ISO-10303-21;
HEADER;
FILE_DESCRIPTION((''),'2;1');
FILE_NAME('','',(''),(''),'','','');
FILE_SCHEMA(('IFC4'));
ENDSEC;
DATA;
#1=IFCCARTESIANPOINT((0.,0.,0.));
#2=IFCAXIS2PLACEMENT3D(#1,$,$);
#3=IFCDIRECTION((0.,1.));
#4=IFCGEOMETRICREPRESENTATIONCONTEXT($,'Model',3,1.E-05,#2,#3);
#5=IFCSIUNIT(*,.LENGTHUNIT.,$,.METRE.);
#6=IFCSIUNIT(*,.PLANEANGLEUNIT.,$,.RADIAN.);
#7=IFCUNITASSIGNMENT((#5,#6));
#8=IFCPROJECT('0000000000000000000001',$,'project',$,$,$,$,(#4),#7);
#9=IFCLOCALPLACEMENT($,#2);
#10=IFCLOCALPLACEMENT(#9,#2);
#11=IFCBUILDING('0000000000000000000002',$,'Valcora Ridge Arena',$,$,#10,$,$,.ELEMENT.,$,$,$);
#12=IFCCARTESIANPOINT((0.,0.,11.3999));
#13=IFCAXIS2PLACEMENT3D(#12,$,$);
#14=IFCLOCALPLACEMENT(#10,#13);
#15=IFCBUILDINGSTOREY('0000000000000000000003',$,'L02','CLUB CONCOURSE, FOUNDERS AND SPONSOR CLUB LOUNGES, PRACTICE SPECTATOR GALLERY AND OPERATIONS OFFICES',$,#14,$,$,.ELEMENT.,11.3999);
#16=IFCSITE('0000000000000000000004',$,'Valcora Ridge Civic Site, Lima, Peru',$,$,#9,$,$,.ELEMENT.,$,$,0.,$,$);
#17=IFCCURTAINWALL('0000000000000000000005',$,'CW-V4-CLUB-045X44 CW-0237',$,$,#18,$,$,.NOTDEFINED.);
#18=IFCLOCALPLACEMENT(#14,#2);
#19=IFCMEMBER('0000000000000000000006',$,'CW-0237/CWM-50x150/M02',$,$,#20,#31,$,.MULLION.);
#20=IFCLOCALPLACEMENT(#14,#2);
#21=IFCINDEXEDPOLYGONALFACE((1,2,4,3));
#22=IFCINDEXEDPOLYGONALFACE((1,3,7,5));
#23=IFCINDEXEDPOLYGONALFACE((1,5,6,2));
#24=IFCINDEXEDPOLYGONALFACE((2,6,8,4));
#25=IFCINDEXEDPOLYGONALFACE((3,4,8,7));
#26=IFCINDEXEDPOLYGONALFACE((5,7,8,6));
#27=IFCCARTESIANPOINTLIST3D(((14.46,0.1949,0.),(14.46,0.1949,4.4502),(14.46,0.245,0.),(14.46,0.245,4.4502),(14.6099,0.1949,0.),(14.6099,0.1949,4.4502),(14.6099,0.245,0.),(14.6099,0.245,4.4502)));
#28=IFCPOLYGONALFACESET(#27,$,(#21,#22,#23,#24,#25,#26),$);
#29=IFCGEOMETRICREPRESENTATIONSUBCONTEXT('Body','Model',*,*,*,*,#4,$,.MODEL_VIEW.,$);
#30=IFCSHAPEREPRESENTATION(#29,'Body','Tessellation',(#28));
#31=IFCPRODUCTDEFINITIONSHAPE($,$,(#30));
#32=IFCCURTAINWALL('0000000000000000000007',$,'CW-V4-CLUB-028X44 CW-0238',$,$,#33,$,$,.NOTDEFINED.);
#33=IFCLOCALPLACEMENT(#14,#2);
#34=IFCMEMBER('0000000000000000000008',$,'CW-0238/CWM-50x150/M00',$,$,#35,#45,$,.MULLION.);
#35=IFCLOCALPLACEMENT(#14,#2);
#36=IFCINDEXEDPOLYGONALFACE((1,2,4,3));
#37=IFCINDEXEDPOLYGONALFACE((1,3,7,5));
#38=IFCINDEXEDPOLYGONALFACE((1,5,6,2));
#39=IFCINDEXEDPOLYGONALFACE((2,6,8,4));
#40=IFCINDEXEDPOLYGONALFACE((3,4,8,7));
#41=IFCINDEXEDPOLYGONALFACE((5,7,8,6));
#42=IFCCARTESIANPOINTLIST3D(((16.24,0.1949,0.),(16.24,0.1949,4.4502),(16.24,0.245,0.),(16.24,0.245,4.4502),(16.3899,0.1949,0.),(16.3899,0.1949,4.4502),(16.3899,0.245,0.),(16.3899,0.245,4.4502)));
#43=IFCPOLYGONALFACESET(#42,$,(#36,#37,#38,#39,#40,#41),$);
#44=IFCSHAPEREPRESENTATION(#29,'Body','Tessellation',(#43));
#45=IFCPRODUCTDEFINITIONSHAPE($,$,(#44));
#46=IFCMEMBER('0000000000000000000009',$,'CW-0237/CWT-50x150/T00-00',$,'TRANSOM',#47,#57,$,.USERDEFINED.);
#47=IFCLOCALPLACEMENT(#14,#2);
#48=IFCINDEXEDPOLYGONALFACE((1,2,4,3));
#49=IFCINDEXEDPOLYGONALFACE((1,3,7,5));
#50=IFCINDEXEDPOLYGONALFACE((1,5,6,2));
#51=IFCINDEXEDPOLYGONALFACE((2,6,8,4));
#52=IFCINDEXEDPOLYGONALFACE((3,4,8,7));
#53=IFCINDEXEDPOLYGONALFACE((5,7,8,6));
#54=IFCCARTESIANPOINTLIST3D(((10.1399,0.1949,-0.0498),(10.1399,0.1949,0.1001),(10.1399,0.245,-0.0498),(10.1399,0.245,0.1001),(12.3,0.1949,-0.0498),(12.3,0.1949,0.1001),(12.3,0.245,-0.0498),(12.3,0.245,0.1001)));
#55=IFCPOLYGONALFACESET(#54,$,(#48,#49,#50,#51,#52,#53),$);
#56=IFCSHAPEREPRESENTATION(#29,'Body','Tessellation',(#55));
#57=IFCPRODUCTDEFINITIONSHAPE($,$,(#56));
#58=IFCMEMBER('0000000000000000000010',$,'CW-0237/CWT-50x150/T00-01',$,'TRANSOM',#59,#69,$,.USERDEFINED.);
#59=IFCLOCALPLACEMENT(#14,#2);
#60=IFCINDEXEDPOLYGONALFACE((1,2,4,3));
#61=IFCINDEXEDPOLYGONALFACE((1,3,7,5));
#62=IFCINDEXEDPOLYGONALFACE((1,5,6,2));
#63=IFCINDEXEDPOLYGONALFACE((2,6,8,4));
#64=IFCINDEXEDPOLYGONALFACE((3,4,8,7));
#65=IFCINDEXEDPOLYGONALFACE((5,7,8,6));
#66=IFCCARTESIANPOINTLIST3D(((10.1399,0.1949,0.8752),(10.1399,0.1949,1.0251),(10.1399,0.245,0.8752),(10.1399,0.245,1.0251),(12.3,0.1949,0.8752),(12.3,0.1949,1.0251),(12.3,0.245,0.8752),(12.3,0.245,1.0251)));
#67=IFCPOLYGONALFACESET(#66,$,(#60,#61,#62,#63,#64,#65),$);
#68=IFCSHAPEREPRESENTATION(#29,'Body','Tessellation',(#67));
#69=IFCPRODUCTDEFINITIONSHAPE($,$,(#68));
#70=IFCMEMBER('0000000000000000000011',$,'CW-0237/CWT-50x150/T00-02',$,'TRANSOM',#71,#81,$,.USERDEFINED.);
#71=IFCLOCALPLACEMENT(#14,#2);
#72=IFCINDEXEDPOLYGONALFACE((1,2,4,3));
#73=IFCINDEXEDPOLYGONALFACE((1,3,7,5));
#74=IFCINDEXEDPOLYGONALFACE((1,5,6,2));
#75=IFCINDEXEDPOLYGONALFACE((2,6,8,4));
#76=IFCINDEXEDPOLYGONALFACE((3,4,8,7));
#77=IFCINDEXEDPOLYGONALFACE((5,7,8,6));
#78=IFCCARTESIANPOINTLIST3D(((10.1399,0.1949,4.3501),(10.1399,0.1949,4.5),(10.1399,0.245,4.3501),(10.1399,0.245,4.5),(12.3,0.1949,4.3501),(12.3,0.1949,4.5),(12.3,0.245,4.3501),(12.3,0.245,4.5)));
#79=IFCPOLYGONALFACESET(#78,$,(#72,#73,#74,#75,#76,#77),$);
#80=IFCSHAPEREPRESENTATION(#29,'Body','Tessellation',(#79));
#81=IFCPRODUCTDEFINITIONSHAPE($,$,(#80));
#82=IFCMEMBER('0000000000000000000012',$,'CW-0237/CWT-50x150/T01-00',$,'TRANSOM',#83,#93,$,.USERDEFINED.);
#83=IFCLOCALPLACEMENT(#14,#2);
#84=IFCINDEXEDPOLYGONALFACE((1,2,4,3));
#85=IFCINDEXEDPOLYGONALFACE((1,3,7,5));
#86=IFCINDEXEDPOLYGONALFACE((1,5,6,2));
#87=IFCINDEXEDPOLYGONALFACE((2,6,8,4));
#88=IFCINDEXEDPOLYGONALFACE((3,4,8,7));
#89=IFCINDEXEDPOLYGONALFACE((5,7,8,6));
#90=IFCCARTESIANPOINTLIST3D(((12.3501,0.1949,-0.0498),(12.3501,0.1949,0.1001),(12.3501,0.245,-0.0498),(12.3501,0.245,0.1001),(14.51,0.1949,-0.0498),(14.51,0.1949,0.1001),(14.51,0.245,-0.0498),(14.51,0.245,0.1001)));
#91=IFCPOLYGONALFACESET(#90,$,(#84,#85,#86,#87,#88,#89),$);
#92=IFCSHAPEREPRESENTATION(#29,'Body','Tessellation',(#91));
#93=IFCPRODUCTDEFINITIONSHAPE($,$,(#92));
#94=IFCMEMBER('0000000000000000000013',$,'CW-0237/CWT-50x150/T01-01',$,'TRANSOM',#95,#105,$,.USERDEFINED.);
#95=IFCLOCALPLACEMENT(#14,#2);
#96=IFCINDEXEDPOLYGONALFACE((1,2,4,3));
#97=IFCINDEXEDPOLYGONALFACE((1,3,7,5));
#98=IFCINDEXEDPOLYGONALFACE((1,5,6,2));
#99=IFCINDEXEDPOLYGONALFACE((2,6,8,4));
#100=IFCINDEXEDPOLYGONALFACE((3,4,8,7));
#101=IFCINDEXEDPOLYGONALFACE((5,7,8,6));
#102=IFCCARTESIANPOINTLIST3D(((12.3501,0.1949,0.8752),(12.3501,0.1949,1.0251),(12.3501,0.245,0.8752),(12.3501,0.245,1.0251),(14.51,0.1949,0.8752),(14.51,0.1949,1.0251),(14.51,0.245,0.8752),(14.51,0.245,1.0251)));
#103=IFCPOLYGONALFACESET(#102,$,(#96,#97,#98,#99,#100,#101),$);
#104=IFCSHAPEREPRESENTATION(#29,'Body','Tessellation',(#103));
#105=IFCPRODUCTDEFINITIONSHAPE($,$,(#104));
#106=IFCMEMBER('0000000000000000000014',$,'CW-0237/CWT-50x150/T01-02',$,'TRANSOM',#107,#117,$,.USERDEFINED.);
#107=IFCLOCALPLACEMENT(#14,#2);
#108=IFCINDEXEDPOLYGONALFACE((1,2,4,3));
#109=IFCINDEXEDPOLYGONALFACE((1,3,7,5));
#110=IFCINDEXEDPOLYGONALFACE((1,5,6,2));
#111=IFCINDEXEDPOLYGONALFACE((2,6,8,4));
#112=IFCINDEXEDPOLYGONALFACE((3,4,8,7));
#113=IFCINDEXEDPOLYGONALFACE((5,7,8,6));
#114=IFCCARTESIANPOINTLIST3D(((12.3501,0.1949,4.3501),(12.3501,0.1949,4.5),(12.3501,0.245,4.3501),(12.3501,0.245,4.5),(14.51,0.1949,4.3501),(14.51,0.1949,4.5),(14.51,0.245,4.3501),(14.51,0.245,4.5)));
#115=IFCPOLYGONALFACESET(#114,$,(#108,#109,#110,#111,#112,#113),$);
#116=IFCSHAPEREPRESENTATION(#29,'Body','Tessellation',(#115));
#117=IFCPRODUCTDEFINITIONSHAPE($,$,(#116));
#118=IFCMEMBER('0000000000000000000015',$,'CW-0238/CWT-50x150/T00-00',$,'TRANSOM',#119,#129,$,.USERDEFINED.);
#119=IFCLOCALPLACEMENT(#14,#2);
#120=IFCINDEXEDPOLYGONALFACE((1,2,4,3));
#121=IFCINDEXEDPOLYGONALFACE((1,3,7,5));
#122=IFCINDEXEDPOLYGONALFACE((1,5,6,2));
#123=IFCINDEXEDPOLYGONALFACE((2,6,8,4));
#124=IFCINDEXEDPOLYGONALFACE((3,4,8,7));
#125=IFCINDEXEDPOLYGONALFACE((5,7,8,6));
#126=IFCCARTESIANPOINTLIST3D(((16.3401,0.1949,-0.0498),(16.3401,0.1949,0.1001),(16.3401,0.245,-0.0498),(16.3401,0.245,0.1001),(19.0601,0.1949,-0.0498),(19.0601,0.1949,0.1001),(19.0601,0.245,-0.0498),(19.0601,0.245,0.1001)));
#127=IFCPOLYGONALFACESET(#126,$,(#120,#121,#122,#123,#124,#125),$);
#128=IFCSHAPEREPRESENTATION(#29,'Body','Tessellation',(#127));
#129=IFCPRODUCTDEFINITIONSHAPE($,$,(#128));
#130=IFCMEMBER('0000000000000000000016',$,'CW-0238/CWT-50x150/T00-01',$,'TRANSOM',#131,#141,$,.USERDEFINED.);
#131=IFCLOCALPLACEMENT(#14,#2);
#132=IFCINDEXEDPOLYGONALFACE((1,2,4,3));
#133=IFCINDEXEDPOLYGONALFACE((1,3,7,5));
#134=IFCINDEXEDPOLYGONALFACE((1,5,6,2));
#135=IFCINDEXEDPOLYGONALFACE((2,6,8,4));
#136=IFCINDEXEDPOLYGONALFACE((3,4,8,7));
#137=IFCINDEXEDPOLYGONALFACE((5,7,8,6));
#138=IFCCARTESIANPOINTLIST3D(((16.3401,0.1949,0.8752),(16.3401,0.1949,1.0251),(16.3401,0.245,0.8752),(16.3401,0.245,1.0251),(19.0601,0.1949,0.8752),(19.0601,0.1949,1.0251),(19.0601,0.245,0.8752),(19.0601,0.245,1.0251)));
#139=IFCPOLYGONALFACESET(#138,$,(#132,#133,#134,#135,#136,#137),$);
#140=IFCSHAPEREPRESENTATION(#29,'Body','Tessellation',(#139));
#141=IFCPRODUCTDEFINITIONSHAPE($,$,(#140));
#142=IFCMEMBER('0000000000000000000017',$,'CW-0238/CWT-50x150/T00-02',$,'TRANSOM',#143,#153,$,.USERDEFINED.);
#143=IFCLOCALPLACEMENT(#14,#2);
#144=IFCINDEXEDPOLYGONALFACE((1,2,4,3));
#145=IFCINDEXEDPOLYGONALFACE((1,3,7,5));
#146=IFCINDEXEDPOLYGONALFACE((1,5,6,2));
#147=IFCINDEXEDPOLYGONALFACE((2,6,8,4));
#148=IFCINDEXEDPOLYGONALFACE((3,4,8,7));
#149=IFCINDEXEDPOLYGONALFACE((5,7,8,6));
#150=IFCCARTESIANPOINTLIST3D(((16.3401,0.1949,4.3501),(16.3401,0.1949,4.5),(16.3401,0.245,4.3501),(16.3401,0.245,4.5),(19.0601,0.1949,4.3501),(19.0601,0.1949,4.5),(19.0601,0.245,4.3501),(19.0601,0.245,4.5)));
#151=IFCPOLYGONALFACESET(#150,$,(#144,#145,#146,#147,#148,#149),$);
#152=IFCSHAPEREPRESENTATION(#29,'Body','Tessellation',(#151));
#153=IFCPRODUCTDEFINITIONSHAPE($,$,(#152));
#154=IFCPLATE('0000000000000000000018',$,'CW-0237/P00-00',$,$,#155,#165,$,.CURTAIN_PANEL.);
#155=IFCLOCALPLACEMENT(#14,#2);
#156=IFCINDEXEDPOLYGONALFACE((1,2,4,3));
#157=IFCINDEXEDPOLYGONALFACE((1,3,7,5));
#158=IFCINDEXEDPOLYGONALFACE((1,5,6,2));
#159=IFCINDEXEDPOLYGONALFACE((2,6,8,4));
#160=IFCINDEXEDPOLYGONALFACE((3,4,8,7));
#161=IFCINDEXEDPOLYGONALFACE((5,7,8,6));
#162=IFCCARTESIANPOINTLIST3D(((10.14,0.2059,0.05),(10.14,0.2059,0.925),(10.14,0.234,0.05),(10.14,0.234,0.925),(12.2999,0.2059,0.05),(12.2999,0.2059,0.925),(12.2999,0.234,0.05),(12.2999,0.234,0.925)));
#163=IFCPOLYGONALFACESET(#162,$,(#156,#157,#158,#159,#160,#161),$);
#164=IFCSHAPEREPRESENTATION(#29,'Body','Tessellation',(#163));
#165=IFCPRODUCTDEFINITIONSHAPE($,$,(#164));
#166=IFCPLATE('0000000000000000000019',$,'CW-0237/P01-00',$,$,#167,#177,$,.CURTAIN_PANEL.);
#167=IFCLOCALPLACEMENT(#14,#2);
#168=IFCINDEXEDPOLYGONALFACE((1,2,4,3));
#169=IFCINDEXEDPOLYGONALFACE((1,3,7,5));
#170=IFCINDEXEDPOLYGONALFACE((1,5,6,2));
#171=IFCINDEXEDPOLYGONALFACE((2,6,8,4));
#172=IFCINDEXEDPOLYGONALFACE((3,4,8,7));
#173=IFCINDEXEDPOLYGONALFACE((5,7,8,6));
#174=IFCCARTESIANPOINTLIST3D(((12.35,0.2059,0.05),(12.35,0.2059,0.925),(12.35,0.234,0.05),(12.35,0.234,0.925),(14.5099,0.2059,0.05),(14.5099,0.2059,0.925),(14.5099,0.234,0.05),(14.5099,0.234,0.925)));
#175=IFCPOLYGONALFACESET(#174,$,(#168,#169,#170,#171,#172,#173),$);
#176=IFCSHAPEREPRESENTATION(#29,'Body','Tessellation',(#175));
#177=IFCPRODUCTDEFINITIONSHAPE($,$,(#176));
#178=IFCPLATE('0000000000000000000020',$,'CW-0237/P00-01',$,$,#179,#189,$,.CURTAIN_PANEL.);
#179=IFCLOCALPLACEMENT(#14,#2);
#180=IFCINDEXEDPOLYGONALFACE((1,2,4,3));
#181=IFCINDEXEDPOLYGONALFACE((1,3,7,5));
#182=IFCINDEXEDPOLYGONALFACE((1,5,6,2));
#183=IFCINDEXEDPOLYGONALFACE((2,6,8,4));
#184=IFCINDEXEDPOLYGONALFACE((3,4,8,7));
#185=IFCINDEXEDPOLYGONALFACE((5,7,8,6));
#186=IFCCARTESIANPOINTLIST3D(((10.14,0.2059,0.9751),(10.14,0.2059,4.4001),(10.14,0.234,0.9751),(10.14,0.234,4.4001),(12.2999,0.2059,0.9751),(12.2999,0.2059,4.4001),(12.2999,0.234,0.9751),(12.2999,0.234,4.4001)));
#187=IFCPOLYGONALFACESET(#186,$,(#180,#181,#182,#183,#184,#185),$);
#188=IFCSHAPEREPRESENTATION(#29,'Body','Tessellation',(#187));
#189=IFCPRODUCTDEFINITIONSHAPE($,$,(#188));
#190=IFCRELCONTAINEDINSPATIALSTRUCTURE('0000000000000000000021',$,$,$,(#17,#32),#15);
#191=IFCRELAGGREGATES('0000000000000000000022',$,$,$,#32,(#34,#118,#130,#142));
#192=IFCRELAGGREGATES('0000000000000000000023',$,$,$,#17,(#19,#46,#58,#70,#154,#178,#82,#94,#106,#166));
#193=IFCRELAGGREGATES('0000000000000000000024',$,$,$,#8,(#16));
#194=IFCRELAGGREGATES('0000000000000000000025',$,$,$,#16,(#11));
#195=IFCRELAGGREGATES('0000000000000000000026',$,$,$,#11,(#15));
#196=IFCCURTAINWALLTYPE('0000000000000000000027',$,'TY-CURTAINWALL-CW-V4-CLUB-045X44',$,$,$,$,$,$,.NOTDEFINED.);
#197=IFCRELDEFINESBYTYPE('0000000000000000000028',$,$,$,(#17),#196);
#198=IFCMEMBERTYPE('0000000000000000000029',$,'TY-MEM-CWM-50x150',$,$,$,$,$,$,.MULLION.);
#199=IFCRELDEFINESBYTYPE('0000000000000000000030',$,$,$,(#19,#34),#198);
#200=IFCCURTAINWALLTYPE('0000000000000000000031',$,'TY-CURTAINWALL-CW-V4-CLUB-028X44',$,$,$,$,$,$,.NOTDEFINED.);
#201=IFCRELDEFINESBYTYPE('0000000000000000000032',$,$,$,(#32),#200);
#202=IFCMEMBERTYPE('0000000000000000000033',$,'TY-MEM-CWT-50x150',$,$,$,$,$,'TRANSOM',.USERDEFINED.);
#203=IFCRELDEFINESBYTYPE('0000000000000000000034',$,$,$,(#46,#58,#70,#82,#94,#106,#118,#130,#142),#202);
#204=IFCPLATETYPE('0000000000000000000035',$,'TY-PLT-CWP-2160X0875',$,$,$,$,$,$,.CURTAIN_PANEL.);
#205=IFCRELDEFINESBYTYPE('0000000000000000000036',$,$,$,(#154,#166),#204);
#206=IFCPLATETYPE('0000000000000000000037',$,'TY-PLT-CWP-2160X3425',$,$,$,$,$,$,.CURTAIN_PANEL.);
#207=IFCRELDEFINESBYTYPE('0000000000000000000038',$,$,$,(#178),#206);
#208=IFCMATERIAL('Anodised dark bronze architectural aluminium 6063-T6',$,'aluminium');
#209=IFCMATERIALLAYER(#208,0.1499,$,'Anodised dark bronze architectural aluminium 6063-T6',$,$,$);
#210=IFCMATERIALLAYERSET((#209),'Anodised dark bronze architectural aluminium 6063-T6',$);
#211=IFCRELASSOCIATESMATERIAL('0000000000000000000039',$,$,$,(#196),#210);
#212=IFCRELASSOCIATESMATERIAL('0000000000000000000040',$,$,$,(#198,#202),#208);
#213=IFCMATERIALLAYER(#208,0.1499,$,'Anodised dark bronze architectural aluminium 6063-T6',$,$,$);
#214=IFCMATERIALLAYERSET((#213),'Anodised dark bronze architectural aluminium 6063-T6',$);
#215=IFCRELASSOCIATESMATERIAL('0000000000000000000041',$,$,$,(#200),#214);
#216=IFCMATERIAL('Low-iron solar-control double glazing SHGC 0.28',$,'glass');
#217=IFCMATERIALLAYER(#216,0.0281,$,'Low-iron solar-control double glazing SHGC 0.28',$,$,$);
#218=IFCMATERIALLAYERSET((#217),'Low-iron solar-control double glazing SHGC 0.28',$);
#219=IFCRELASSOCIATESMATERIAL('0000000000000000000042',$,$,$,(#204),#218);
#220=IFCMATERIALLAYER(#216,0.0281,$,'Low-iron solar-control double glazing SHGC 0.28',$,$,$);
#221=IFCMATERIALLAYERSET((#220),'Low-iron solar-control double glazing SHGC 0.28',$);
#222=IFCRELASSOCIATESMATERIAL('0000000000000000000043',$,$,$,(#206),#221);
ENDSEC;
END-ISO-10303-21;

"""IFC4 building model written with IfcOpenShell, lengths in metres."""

from ifc_helpers import new_model, si_unit, direction, frame, origin, origin_2d, place, context, subcontext, project, spatial, rectangle, extrude, material, layer, layer_set, material_profile, profile_set, type_object, element, aggregate, save


model = new_model("IFC4")

# Units and contexts
model_context = context("Model", 3, precision=1e-05, world=origin(), true_north=direction((0.0, 1.0)))
body_context = subcontext(model_context, "Body", "Model", "MODEL_VIEW")
ifc_project = project(units=[si_unit("LENGTHUNIT", "METRE"), si_unit("PLANEANGLEUNIT", "RADIAN")], contexts=[model_context])

# Site, building, storey
site_placement = place(None, origin())
site = spatial("IfcSite", under=ifc_project, at=site_placement, Name="Valcora Ridge Civic Site, Lima, Peru", CompositionType="ELEMENT", RefElevation=0.0)
building_placement = place(site_placement, origin())
building = spatial("IfcBuilding", under=site, at=building_placement, Name="Valcora Ridge Arena", CompositionType="ELEMENT")
storey_placement = place(building_placement, frame((0.0, 0.0, 11.3999)))
storey = spatial("IfcBuildingStorey", under=building, at=storey_placement, Name="L02", Description="CLUB CONCOURSE, FOUNDERS AND SPONSOR CLUB LOUNGES, PRACTICE SPECTATOR GALLERY AND OPERATIONS OFFICES", CompositionType="ELEMENT", Elevation=11.3999)

# Curtain wall, member
ifc_material_1 = material(Name="Anodised dark bronze architectural aluminium 6063-T6", Category="aluminium")
ifc_layer_1 = layer(ifc_material_1, 0.1499, Name="Anodised dark bronze architectural aluminium 6063-T6")
ifc_layer_set_1 = layer_set([ifc_layer_1], Name="Anodised dark bronze architectural aluminium 6063-T6")
curtain_wall_type_1 = type_object("IfcCurtainWallType", Name="TY-CURTAINWALL-CW-V4-CLUB-045X44", PredefinedType="NOTDEFINED", material=ifc_layer_set_1)
curtain_wall_1_placement = place(storey_placement, origin())
curtain_wall_1 = element("IfcCurtainWall", 1, at=curtain_wall_1_placement, inside=storey, type_object=curtain_wall_type_1, Name="CW-V4-CLUB-045X44 CW-0237", PredefinedType="NOTDEFINED")
ifc_material_profile_1 = material_profile(ifc_material_1, rectangle(XDim=0.05, YDim=0.1499, at=origin_2d()), Name="ALU MULLION 50x150")
ifc_profile_set_1 = profile_set([ifc_material_profile_1], Name="Anodised dark bronze architectural aluminium 6063-T6")
member_type_1 = type_object("IfcMemberType", Name="TY-MEM-CWM-50x150", PredefinedType="MULLION", material=ifc_profile_set_1)
member_1_placement = place(storey_placement, frame((14.5349, 0.22, 0.0), z_axis=(0.0, 0.0, 1.0), x_axis=(0.0, 1.0, 0.0)))
member_1 = element("IfcMember", 2, at=member_1_placement, type_object=member_type_1, Name="CW-0237/CWM-50x150/M02", PredefinedType="MULLION", context=body_context, shape_type="SweptSolid", body=[
    extrude(rectangle(XDim=0.05, YDim=0.1499, at=origin_2d()), origin(), (0.0, 0.0, 1.0), 4.4502),
])

# Curtain wall, member
ifc_layer_2 = layer(ifc_material_1, 0.1499, Name="Anodised dark bronze architectural aluminium 6063-T6")
ifc_layer_set_2 = layer_set([ifc_layer_2], Name="Anodised dark bronze architectural aluminium 6063-T6")
curtain_wall_type_2 = type_object("IfcCurtainWallType", Name="TY-CURTAINWALL-CW-V4-CLUB-028X44", PredefinedType="NOTDEFINED", material=ifc_layer_set_2)
curtain_wall_2_placement = place(storey_placement, origin())
curtain_wall_2 = element("IfcCurtainWall", 3, at=curtain_wall_2_placement, inside=storey, type_object=curtain_wall_type_2, Name="CW-V4-CLUB-028X44 CW-0238", PredefinedType="NOTDEFINED")
member_2_placement = place(storey_placement, frame((16.3149, 0.22, 0.0), z_axis=(0.0, 0.0, 1.0), x_axis=(0.0, 1.0, 0.0)))
member_2 = element("IfcMember", 4, at=member_2_placement, type_object=member_type_1, Name="CW-0238/CWM-50x150/M00", PredefinedType="MULLION", context=body_context, shape_type="SweptSolid", body=[
    extrude(rectangle(XDim=0.05, YDim=0.1499, at=origin_2d()), origin(), (0.0, 0.0, 1.0), 4.4502),
])

# Members
ifc_material_profile_2 = material_profile(ifc_material_1, rectangle(XDim=0.05, YDim=0.1499, at=origin_2d()), Name="ALU TRANSOM 50x150")
ifc_profile_set_2 = profile_set([ifc_material_profile_2], Name="Anodised dark bronze architectural aluminium 6063-T6")
member_type_2 = type_object("IfcMemberType", Name="TY-MEM-CWT-50x150", ElementType="TRANSOM", PredefinedType="USERDEFINED", material=ifc_profile_set_2)
member_3_placement = place(storey_placement, frame((10.1399, 0.22, 0.0251), z_axis=(1.0, 0.0, 0.0), x_axis=(0.0, 1.0, 0.0)))
member_3 = element("IfcMember", 5, at=member_3_placement, type_object=member_type_2, Name="CW-0237/CWT-50x150/T00-00", ObjectType="TRANSOM", PredefinedType="USERDEFINED", context=body_context, shape_type="SweptSolid", body=[
    extrude(rectangle(XDim=0.05, YDim=0.1499, at=origin_2d()), origin(), (0.0, 0.0, 1.0), 2.1602),
])
member_4_placement = place(storey_placement, frame((10.1399, 0.22, 0.9502), z_axis=(1.0, 0.0, 0.0), x_axis=(0.0, 1.0, 0.0)))
member_4 = element("IfcMember", 6, at=member_4_placement, type_object=member_type_2, Name="CW-0237/CWT-50x150/T00-01", ObjectType="TRANSOM", PredefinedType="USERDEFINED", context=body_context, shape_type="SweptSolid", body=[
    extrude(rectangle(XDim=0.05, YDim=0.1499, at=origin_2d()), origin(), (0.0, 0.0, 1.0), 2.1602),
])
member_5_placement = place(storey_placement, frame((10.1399, 0.22, 4.425), z_axis=(1.0, 0.0, 0.0), x_axis=(0.0, 1.0, 0.0)))
member_5 = element("IfcMember", 7, at=member_5_placement, type_object=member_type_2, Name="CW-0237/CWT-50x150/T00-02", ObjectType="TRANSOM", PredefinedType="USERDEFINED", context=body_context, shape_type="SweptSolid", body=[
    extrude(rectangle(XDim=0.05, YDim=0.1499, at=origin_2d()), origin(), (0.0, 0.0, 1.0), 2.1602),
])
member_6_placement = place(storey_placement, frame((12.3501, 0.22, 0.0251), z_axis=(1.0, 0.0, 0.0), x_axis=(0.0, 1.0, 0.0)))
member_6 = element("IfcMember", 8, at=member_6_placement, type_object=member_type_2, Name="CW-0237/CWT-50x150/T01-00", ObjectType="TRANSOM", PredefinedType="USERDEFINED", context=body_context, shape_type="SweptSolid", body=[
    extrude(rectangle(XDim=0.05, YDim=0.1499, at=origin_2d()), origin(), (0.0, 0.0, 1.0), 2.1599),
])
member_7_placement = place(storey_placement, frame((12.3501, 0.22, 0.9502), z_axis=(1.0, 0.0, 0.0), x_axis=(0.0, 1.0, 0.0)))
member_7 = element("IfcMember", 9, at=member_7_placement, type_object=member_type_2, Name="CW-0237/CWT-50x150/T01-01", ObjectType="TRANSOM", PredefinedType="USERDEFINED", context=body_context, shape_type="SweptSolid", body=[
    extrude(rectangle(XDim=0.05, YDim=0.1499, at=origin_2d()), origin(), (0.0, 0.0, 1.0), 2.1599),
])
member_8_placement = place(storey_placement, frame((12.3501, 0.22, 4.425), z_axis=(1.0, 0.0, 0.0), x_axis=(0.0, 1.0, 0.0)))
member_8 = element("IfcMember", 10, at=member_8_placement, type_object=member_type_2, Name="CW-0237/CWT-50x150/T01-02", ObjectType="TRANSOM", PredefinedType="USERDEFINED", context=body_context, shape_type="SweptSolid", body=[
    extrude(rectangle(XDim=0.05, YDim=0.1499, at=origin_2d()), origin(), (0.0, 0.0, 1.0), 2.1599),
])
member_9_placement = place(storey_placement, frame((16.3401, 0.22, 0.0251), z_axis=(1.0, 0.0, 0.0), x_axis=(0.0, 1.0, 0.0)))
member_9 = element("IfcMember", 11, at=member_9_placement, type_object=member_type_2, Name="CW-0238/CWT-50x150/T00-00", ObjectType="TRANSOM", PredefinedType="USERDEFINED", context=body_context, shape_type="SweptSolid", body=[
    extrude(rectangle(XDim=0.05, YDim=0.1499, at=origin_2d()), origin(), (0.0, 0.0, 1.0), 2.72),
])
member_10_placement = place(storey_placement, frame((16.3401, 0.22, 0.9502), z_axis=(1.0, 0.0, 0.0), x_axis=(0.0, 1.0, 0.0)))
member_10 = element("IfcMember", 12, at=member_10_placement, type_object=member_type_2, Name="CW-0238/CWT-50x150/T00-01", ObjectType="TRANSOM", PredefinedType="USERDEFINED", context=body_context, shape_type="SweptSolid", body=[
    extrude(rectangle(XDim=0.05, YDim=0.1499, at=origin_2d()), origin(), (0.0, 0.0, 1.0), 2.72),
])
member_11_placement = place(storey_placement, frame((16.3401, 0.22, 4.425), z_axis=(1.0, 0.0, 0.0), x_axis=(0.0, 1.0, 0.0)))
member_11 = element("IfcMember", 13, at=member_11_placement, type_object=member_type_2, Name="CW-0238/CWT-50x150/T00-02", ObjectType="TRANSOM", PredefinedType="USERDEFINED", context=body_context, shape_type="SweptSolid", body=[
    extrude(rectangle(XDim=0.05, YDim=0.1499, at=origin_2d()), origin(), (0.0, 0.0, 1.0), 2.72),
])
aggregate(curtain_wall_2, [member_2, member_9, member_10, member_11])

# Plates
ifc_material_2 = material(Name="Low-iron solar-control double glazing SHGC 0.28", Category="glass")
ifc_layer_3 = layer(ifc_material_2, 0.0281, Name="Low-iron solar-control double glazing SHGC 0.28")
ifc_layer_set_3 = layer_set([ifc_layer_3], Name="Low-iron solar-control double glazing SHGC 0.28")
plate_type_1 = type_object("IfcPlateType", Name="TY-PLT-CWP-2160X0875", PredefinedType="CURTAIN_PANEL", material=ifc_layer_set_3)
plate_1_placement = place(storey_placement, frame((11.22, 0.22, 0.05), z_axis=(0.0, 0.0, 1.0), x_axis=(1.0, 0.0, 0.0)))
plate_1 = element("IfcPlate", 14, at=plate_1_placement, type_object=plate_type_1, Name="CW-0237/P00-00", PredefinedType="CURTAIN_PANEL", context=body_context, shape_type="SweptSolid", body=[
    extrude(rectangle(XDim=2.1599, YDim=0.0281, at=origin_2d()), origin(), (0.0, 0.0, 1.0), 0.875),
])
plate_2_placement = place(storey_placement, frame((13.4299, 0.22, 0.05), z_axis=(0.0, 0.0, 1.0), x_axis=(1.0, 0.0, 0.0)))
plate_2 = element("IfcPlate", 15, at=plate_2_placement, type_object=plate_type_1, Name="CW-0237/P01-00", PredefinedType="CURTAIN_PANEL", context=body_context, shape_type="SweptSolid", body=[
    extrude(rectangle(XDim=2.1599, YDim=0.0281, at=origin_2d()), origin(), (0.0, 0.0, 1.0), 0.875),
])
ifc_layer_4 = layer(ifc_material_2, 0.0281, Name="Low-iron solar-control double glazing SHGC 0.28")
ifc_layer_set_4 = layer_set([ifc_layer_4], Name="Low-iron solar-control double glazing SHGC 0.28")
plate_type_2 = type_object("IfcPlateType", Name="TY-PLT-CWP-2160X3425", PredefinedType="CURTAIN_PANEL", material=ifc_layer_set_4)
plate_3_placement = place(storey_placement, frame((11.22, 0.22, 0.9751), z_axis=(0.0, 0.0, 1.0), x_axis=(1.0, 0.0, 0.0)))
plate_3 = element("IfcPlate", 16, at=plate_3_placement, type_object=plate_type_2, Name="CW-0237/P00-01", PredefinedType="CURTAIN_PANEL", context=body_context, shape_type="SweptSolid", body=[
    extrude(rectangle(XDim=2.1599, YDim=0.0281, at=origin_2d()), origin(), (0.0, 0.0, 1.0), 3.425),
])
aggregate(curtain_wall_1, [member_1, member_3, member_4, member_5, plate_1, plate_3, member_6, member_7, member_8, plate_2])

save(model, "model.ifc")
